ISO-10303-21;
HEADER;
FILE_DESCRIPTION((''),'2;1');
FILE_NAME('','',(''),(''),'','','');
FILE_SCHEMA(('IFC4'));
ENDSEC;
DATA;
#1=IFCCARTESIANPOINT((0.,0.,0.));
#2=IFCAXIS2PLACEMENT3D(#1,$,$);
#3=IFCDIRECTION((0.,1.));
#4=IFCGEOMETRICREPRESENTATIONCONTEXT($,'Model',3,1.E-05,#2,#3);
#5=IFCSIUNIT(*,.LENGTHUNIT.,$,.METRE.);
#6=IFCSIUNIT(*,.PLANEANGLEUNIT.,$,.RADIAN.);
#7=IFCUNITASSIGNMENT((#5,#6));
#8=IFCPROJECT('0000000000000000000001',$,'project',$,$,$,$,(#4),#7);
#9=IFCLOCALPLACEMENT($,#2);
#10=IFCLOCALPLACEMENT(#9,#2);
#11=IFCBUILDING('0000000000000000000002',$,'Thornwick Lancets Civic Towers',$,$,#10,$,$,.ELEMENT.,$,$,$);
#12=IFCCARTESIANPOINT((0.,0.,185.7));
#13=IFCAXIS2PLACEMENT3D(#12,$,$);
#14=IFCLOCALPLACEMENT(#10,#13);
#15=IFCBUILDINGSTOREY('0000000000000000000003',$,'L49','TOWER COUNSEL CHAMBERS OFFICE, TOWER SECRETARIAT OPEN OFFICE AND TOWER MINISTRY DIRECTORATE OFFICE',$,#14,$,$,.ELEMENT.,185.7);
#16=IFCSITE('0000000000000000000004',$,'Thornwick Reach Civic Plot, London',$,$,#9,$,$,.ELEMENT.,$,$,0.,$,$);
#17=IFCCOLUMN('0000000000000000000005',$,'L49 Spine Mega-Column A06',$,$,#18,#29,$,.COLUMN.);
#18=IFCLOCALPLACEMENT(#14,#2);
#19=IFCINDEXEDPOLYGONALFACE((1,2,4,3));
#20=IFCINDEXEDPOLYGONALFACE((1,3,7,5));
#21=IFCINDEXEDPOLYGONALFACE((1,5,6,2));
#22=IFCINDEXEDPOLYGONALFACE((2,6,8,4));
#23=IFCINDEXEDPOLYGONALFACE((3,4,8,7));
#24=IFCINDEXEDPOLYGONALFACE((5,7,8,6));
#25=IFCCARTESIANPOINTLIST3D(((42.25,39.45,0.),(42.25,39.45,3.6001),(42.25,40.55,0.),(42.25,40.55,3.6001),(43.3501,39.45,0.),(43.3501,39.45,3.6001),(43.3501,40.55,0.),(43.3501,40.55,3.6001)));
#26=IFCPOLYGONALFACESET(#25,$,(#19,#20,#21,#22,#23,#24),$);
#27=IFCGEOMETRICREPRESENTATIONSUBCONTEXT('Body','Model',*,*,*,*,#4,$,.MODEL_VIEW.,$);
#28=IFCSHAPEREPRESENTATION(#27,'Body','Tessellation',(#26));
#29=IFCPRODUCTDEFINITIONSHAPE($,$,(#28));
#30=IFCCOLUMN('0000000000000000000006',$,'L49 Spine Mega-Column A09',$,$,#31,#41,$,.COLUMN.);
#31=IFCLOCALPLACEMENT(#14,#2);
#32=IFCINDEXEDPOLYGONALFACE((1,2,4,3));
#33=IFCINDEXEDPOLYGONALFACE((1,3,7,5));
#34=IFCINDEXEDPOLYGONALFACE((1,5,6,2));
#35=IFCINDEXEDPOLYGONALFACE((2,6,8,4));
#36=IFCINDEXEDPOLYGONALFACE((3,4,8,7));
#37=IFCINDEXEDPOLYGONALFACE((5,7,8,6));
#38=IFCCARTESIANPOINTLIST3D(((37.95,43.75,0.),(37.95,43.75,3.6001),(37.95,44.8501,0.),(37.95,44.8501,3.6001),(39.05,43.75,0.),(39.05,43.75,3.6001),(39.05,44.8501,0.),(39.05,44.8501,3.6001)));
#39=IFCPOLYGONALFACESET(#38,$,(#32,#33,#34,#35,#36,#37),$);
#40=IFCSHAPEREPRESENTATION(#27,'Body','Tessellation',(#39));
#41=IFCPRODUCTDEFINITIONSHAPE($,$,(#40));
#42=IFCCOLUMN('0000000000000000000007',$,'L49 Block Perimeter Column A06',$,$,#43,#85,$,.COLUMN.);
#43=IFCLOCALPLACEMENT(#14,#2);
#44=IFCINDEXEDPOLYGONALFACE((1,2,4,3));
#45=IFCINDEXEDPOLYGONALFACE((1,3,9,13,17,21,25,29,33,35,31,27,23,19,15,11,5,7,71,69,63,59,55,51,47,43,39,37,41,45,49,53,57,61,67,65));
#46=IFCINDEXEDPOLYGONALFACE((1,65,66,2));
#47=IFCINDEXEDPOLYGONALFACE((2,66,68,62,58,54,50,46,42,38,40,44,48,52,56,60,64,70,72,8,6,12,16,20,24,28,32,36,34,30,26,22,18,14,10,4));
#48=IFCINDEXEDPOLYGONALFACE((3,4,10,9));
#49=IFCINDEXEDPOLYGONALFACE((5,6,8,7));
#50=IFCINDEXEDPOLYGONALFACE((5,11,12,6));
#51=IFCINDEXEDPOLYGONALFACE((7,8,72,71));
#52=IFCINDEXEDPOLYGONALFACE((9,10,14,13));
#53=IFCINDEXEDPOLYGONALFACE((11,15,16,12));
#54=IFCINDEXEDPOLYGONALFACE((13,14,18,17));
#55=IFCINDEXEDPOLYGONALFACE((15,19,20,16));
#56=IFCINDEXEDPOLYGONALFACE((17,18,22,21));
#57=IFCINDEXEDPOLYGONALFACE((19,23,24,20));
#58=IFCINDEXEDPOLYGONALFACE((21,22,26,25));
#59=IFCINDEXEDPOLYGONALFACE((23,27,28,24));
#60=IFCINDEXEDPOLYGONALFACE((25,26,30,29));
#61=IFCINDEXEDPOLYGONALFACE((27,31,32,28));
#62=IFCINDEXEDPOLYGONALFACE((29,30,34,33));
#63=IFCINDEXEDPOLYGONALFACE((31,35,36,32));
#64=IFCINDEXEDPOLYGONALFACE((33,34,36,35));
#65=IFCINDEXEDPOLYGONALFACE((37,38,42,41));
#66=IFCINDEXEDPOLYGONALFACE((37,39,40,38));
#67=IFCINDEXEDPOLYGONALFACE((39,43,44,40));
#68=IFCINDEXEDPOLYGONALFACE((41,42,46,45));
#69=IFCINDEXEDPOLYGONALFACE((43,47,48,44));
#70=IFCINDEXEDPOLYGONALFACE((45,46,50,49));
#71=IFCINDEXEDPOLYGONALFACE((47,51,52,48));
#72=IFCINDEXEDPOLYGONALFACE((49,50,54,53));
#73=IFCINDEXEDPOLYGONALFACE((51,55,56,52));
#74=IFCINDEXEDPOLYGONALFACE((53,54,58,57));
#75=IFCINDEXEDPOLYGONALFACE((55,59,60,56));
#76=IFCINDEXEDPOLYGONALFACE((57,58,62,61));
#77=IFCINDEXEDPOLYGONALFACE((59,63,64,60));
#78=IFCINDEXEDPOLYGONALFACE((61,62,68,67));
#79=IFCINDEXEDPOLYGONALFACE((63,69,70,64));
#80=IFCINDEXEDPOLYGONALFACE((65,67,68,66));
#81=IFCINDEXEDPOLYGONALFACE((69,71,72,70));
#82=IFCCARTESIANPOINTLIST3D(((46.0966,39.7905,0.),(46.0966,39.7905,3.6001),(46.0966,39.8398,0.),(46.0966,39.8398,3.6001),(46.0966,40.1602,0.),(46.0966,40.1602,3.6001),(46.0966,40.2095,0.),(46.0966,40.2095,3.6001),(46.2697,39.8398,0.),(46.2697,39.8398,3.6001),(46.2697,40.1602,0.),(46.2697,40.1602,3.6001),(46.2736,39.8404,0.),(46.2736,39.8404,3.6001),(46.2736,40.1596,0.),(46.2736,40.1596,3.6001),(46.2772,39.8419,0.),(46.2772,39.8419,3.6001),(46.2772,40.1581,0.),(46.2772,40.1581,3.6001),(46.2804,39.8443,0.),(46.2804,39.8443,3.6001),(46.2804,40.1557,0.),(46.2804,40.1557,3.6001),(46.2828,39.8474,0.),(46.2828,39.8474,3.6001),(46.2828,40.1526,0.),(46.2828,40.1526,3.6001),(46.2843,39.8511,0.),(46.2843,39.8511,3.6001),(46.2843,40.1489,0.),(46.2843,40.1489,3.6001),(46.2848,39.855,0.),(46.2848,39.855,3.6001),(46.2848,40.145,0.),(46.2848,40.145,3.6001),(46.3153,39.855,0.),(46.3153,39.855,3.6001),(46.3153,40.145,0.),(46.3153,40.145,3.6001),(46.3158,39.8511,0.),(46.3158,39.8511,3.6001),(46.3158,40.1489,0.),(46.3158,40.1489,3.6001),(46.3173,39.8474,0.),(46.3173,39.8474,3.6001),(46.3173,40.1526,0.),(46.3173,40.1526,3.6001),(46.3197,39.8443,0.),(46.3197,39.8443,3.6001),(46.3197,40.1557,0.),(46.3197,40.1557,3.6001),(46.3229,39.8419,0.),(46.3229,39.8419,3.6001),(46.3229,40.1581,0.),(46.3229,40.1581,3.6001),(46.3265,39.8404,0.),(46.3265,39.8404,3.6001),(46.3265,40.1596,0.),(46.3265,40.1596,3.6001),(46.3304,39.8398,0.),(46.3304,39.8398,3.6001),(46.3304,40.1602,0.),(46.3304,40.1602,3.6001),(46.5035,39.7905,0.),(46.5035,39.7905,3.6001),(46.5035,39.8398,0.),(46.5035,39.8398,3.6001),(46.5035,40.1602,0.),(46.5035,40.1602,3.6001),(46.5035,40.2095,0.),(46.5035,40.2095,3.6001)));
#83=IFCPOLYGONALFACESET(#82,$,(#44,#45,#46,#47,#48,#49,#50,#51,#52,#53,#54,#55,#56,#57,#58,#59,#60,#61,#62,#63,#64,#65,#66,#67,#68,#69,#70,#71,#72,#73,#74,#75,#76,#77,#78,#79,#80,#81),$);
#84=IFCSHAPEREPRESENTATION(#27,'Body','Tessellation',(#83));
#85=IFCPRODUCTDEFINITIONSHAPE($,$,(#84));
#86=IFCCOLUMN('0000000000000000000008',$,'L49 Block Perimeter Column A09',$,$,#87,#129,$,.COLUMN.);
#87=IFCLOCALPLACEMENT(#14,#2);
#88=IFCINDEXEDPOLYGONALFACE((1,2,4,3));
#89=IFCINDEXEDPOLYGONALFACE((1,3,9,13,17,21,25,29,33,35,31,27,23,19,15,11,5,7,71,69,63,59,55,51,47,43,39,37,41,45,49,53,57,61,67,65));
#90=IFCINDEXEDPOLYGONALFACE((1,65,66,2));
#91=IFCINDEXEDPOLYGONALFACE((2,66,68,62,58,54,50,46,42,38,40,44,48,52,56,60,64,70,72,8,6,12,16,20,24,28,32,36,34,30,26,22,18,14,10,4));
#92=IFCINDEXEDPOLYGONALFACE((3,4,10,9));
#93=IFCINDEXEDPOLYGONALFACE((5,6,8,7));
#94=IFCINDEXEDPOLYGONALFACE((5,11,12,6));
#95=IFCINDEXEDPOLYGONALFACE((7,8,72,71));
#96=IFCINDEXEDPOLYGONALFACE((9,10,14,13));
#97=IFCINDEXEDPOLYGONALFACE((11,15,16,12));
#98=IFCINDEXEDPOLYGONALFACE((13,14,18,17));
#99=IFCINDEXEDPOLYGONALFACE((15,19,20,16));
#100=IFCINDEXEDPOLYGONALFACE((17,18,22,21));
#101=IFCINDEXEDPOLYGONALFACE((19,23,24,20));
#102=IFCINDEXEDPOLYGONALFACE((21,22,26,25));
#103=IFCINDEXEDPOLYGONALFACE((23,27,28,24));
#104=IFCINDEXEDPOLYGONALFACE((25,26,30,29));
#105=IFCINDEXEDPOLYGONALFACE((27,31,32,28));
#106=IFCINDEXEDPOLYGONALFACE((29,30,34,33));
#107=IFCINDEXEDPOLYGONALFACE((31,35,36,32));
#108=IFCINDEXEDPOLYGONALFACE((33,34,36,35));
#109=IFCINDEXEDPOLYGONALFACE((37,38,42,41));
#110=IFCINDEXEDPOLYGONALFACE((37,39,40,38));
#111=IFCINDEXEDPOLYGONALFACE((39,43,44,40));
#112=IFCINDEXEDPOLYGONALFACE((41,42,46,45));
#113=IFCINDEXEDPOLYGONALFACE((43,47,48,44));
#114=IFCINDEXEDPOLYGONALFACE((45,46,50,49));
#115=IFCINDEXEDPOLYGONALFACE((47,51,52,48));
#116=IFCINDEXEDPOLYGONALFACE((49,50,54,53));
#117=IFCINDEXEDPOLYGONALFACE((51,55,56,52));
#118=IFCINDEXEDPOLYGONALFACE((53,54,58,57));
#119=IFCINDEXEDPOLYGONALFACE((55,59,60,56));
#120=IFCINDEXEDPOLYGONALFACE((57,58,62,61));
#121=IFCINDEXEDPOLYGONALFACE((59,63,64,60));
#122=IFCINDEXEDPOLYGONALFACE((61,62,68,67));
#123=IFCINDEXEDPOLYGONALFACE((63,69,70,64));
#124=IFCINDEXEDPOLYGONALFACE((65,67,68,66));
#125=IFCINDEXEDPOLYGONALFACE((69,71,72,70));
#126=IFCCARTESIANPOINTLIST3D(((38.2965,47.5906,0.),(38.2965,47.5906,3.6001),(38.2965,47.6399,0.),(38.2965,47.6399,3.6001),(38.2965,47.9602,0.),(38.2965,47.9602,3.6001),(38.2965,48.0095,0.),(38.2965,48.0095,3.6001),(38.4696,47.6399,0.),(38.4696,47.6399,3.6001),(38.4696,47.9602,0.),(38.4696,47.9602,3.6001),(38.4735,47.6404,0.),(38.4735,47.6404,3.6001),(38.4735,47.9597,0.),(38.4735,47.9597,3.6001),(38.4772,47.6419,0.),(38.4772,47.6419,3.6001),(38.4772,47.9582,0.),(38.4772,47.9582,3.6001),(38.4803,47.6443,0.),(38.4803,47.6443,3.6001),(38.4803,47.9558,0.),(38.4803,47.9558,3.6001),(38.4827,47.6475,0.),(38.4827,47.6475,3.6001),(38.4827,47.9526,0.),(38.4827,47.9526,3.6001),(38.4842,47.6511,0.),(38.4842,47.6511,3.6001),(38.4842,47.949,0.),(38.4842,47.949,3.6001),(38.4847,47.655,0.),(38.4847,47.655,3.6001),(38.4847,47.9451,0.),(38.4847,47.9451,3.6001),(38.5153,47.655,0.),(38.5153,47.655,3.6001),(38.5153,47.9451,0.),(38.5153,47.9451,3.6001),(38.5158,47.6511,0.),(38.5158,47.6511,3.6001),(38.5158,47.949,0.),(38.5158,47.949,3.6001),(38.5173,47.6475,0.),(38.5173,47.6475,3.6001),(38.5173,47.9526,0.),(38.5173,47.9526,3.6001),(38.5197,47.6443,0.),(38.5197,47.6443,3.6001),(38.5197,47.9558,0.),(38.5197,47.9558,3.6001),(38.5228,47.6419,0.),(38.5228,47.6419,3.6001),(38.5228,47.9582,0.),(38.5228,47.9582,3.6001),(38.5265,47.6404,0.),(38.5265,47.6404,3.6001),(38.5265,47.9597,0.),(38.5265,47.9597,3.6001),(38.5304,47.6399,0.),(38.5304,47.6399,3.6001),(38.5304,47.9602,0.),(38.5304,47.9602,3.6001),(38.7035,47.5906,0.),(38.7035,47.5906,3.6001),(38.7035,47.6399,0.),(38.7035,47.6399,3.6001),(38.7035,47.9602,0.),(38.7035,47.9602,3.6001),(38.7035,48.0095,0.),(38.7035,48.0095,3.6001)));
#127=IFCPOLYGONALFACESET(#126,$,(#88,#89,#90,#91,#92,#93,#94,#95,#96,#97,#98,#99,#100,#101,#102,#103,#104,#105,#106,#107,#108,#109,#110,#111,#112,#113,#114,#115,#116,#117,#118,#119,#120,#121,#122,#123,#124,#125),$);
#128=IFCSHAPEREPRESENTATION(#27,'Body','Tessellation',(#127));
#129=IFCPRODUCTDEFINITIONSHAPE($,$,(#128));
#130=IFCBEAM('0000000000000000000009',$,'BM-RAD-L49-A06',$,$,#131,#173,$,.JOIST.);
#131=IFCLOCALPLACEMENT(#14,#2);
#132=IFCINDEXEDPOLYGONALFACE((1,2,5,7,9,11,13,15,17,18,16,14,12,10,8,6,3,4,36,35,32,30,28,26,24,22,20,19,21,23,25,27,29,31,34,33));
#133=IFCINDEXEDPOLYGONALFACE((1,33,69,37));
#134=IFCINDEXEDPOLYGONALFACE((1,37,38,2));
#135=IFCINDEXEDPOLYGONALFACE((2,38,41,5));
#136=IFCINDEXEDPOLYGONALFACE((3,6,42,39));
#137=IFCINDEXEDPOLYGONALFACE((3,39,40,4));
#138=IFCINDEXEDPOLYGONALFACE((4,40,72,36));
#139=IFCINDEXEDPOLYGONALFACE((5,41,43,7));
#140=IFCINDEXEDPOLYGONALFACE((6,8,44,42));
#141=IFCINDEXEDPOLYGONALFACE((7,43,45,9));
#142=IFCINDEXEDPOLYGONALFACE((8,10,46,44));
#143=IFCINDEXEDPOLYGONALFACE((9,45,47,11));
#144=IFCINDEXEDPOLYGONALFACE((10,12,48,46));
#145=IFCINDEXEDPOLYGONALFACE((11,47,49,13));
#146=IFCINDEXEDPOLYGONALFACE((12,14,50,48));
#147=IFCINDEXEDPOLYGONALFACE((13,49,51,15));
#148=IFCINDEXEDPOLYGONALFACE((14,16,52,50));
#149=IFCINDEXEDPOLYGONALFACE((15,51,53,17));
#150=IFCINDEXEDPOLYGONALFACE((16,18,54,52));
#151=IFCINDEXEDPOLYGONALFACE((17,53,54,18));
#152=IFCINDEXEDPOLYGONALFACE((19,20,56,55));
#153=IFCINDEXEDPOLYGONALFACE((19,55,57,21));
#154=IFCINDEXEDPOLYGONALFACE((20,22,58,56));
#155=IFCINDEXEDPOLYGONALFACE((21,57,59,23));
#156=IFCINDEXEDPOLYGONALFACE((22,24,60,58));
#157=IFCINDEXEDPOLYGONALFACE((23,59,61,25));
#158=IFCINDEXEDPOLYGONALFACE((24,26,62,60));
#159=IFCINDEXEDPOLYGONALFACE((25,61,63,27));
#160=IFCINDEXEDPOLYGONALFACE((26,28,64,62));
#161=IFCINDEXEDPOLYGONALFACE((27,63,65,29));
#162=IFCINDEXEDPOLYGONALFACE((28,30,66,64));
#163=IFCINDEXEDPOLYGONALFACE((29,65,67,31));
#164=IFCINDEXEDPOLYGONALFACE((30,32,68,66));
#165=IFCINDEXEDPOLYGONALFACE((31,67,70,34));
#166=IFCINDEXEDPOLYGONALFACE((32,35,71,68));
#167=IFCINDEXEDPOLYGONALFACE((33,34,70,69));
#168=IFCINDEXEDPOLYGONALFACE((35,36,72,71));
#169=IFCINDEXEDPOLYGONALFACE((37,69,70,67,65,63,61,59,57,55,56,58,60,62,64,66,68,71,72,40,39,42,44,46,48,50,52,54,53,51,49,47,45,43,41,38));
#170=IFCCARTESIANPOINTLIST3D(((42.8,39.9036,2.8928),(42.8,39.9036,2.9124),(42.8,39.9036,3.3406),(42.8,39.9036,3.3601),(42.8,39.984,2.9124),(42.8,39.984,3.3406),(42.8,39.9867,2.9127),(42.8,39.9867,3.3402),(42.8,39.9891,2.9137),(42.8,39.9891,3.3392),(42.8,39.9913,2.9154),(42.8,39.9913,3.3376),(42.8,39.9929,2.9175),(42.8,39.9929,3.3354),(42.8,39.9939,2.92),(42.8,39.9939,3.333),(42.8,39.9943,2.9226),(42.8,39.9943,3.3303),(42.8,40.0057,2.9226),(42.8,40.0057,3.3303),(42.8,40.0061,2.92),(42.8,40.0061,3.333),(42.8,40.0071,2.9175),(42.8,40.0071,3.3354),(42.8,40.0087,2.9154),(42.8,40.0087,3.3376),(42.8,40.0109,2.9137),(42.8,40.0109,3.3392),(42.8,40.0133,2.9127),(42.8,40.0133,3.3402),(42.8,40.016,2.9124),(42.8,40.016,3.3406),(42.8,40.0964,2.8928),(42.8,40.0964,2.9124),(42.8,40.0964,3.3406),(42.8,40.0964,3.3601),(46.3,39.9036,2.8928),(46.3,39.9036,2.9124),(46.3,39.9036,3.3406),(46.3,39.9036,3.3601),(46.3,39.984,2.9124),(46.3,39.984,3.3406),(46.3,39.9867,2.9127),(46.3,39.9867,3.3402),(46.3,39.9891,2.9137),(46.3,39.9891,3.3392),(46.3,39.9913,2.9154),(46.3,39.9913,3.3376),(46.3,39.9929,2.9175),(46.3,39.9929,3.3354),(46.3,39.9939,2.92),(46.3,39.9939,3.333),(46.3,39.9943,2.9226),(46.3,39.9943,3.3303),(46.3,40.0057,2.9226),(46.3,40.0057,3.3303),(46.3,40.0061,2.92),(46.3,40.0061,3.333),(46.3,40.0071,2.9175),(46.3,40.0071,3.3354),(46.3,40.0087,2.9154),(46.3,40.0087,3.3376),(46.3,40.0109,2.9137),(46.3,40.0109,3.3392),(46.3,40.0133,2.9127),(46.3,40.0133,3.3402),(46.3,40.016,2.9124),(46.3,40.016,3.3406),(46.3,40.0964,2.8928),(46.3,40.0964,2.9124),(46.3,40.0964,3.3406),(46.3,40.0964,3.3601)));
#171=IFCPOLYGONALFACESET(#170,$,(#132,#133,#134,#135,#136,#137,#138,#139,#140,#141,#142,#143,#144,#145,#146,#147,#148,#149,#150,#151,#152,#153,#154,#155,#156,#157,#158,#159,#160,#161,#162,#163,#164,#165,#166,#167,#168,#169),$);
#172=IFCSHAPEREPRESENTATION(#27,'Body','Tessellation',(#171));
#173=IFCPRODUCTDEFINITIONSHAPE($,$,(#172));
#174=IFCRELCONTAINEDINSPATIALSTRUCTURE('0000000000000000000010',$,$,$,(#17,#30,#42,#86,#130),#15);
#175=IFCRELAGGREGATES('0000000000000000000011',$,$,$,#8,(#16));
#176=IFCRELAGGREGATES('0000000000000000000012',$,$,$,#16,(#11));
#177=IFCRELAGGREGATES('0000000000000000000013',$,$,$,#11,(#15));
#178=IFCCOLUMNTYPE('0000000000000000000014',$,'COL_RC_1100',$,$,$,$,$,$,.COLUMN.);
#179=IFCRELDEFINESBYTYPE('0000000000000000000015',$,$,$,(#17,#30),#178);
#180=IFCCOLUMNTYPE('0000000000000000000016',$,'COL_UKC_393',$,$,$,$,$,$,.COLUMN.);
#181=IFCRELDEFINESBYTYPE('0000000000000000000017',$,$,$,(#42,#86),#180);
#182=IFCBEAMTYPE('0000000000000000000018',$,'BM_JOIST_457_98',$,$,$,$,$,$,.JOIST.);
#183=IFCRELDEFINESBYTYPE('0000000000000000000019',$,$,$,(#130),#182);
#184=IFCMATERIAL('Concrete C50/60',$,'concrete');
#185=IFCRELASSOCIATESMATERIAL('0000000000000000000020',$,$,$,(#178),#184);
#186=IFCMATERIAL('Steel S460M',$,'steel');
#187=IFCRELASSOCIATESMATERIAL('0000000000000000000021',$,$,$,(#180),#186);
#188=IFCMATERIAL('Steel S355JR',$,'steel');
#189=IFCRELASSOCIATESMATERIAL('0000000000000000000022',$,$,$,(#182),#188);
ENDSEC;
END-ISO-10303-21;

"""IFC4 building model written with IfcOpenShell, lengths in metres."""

from ifc_helpers import new_model, si_unit, direction, frame, origin, origin_2d, place, context, subcontext, project, spatial, rectangle, i_section, extrude, material, material_profile, profile_set, type_object, element, save


model = new_model("IFC4")

# Units and contexts
model_context = context("Model", 3, precision=1e-05, world=origin(), true_north=direction((0.0, 1.0)))
body_context = subcontext(model_context, "Body", "Model", "MODEL_VIEW")
ifc_project = project(units=[si_unit("LENGTHUNIT", "METRE"), si_unit("PLANEANGLEUNIT", "RADIAN")], contexts=[model_context])

# Site, building, storey
site_placement = place(None, origin())
site = spatial("IfcSite", under=ifc_project, at=site_placement, Name="Thornwick Reach Civic Plot, London", CompositionType="ELEMENT", RefElevation=0.0)
building_placement = place(site_placement, origin())
building = spatial("IfcBuilding", under=site, at=building_placement, Name="Thornwick Lancets Civic Towers", CompositionType="ELEMENT")
storey_placement = place(building_placement, frame((0.0, 0.0, 185.7)))
storey = spatial("IfcBuildingStorey", under=building, at=storey_placement, Name="L49", Description="TOWER COUNSEL CHAMBERS OFFICE, TOWER SECRETARIAT OPEN OFFICE AND TOWER MINISTRY DIRECTORATE OFFICE", CompositionType="ELEMENT", Elevation=185.7)

# Columns
ifc_material_1 = material(Name="Concrete C50/60", Category="concrete")
ifc_material_profile_1 = material_profile(ifc_material_1, rectangle(XDim=1.1001, YDim=1.1001, at=origin_2d()), Name="RC 1100x1100")
ifc_profile_set_1 = profile_set([ifc_material_profile_1], Name="Concrete C50/60")
column_type_1 = type_object("IfcColumnType", Name="COL_RC_1100", PredefinedType="COLUMN", material=ifc_profile_set_1)
for number, where, z_axis, x_axis, name in (
    (1, (42.8, 40.0, 0.0), (0.0, 0.0, 1.0), (1.0, 0.0, 0.0), "L49 Spine Mega-Column A06"),
    (2, (38.5, 44.3, 0.0), (0.0, 0.0, 1.0), (1.0, 0.0, 0.0), "L49 Spine Mega-Column A09"),
):
    element("IfcColumn", number, at=place(storey_placement, frame(where, z_axis=z_axis, x_axis=x_axis)), inside=storey, type_object=column_type_1, Name=name, PredefinedType="COLUMN", context=body_context, shape_type="SweptSolid", body=[
        extrude(rectangle(XDim=1.1001, YDim=1.1001, at=origin_2d()), origin(), (0.0, 0.0, 1.0), 3.6001),
    ])
ifc_material_2 = material(Name="Steel S460M", Category="steel")
ifc_material_profile_2 = material_profile(ifc_material_2, i_section(OverallWidth=0.407, OverallDepth=0.4189, WebThickness=0.0305, FlangeThickness=0.0493, FilletRadius=0.0151, at=origin_2d()), Name="UKC 356x406x393")
ifc_profile_set_2 = profile_set([ifc_material_profile_2], Name="Steel S460M")
column_type_2 = type_object("IfcColumnType", Name="COL_UKC_393", PredefinedType="COLUMN", material=ifc_profile_set_2)
for number, where, z_axis, x_axis, name in (
    (3, (46.3, 40.0, 0.0), (0.0, 0.0, 1.0), (1.0, 0.0, 0.0), "L49 Block Perimeter Column A06"),
    (4, (38.5, 47.8, 0.0), (0.0, 0.0, 1.0), (1.0, 0.0, 0.0), "L49 Block Perimeter Column A09"),
):
    element("IfcColumn", number, at=place(storey_placement, frame(where, z_axis=z_axis, x_axis=x_axis)), inside=storey, type_object=column_type_2, Name=name, PredefinedType="COLUMN", context=body_context, shape_type="SweptSolid", body=[
        extrude(i_section(OverallWidth=0.407, OverallDepth=0.4189, WebThickness=0.0305, FlangeThickness=0.0493, FilletRadius=0.0151, at=origin_2d()), origin(), (0.0, 0.0, 1.0), 3.6001),
    ])

# Beam
ifc_material_3 = material(Name="Steel S355JR", Category="steel")
ifc_material_profile_3 = material_profile(ifc_material_3, i_section(OverallWidth=0.1929, OverallDepth=0.4673, WebThickness=0.0115, FlangeThickness=0.0195, FilletRadius=0.0103, at=origin_2d()), Name="UKB 457x191x98")
ifc_profile_set_3 = profile_set([ifc_material_profile_3], Name="Steel S355JR")
beam_type_1 = type_object("IfcBeamType", Name="BM_JOIST_457_98", PredefinedType="JOIST", material=ifc_profile_set_3)
for number, where, z_axis, x_axis, name in (
    (5, (42.8, 40.0, 3.1265), (1.0, 0.0, 0.0), (0.0, 1.0, 0.0), "BM-RAD-L49-A06"),
):
    element("IfcBeam", number, at=place(storey_placement, frame(where, z_axis=z_axis, x_axis=x_axis)), inside=storey, type_object=beam_type_1, Name=name, PredefinedType="JOIST", context=body_context, shape_type="SweptSolid", body=[
        extrude(i_section(OverallWidth=0.1929, OverallDepth=0.4673, WebThickness=0.0115, FlangeThickness=0.0195, FilletRadius=0.0103, at=origin_2d()), origin(), (0.0, 0.0, 1.0), 3.5),
    ])

save(model, "model.ifc")
